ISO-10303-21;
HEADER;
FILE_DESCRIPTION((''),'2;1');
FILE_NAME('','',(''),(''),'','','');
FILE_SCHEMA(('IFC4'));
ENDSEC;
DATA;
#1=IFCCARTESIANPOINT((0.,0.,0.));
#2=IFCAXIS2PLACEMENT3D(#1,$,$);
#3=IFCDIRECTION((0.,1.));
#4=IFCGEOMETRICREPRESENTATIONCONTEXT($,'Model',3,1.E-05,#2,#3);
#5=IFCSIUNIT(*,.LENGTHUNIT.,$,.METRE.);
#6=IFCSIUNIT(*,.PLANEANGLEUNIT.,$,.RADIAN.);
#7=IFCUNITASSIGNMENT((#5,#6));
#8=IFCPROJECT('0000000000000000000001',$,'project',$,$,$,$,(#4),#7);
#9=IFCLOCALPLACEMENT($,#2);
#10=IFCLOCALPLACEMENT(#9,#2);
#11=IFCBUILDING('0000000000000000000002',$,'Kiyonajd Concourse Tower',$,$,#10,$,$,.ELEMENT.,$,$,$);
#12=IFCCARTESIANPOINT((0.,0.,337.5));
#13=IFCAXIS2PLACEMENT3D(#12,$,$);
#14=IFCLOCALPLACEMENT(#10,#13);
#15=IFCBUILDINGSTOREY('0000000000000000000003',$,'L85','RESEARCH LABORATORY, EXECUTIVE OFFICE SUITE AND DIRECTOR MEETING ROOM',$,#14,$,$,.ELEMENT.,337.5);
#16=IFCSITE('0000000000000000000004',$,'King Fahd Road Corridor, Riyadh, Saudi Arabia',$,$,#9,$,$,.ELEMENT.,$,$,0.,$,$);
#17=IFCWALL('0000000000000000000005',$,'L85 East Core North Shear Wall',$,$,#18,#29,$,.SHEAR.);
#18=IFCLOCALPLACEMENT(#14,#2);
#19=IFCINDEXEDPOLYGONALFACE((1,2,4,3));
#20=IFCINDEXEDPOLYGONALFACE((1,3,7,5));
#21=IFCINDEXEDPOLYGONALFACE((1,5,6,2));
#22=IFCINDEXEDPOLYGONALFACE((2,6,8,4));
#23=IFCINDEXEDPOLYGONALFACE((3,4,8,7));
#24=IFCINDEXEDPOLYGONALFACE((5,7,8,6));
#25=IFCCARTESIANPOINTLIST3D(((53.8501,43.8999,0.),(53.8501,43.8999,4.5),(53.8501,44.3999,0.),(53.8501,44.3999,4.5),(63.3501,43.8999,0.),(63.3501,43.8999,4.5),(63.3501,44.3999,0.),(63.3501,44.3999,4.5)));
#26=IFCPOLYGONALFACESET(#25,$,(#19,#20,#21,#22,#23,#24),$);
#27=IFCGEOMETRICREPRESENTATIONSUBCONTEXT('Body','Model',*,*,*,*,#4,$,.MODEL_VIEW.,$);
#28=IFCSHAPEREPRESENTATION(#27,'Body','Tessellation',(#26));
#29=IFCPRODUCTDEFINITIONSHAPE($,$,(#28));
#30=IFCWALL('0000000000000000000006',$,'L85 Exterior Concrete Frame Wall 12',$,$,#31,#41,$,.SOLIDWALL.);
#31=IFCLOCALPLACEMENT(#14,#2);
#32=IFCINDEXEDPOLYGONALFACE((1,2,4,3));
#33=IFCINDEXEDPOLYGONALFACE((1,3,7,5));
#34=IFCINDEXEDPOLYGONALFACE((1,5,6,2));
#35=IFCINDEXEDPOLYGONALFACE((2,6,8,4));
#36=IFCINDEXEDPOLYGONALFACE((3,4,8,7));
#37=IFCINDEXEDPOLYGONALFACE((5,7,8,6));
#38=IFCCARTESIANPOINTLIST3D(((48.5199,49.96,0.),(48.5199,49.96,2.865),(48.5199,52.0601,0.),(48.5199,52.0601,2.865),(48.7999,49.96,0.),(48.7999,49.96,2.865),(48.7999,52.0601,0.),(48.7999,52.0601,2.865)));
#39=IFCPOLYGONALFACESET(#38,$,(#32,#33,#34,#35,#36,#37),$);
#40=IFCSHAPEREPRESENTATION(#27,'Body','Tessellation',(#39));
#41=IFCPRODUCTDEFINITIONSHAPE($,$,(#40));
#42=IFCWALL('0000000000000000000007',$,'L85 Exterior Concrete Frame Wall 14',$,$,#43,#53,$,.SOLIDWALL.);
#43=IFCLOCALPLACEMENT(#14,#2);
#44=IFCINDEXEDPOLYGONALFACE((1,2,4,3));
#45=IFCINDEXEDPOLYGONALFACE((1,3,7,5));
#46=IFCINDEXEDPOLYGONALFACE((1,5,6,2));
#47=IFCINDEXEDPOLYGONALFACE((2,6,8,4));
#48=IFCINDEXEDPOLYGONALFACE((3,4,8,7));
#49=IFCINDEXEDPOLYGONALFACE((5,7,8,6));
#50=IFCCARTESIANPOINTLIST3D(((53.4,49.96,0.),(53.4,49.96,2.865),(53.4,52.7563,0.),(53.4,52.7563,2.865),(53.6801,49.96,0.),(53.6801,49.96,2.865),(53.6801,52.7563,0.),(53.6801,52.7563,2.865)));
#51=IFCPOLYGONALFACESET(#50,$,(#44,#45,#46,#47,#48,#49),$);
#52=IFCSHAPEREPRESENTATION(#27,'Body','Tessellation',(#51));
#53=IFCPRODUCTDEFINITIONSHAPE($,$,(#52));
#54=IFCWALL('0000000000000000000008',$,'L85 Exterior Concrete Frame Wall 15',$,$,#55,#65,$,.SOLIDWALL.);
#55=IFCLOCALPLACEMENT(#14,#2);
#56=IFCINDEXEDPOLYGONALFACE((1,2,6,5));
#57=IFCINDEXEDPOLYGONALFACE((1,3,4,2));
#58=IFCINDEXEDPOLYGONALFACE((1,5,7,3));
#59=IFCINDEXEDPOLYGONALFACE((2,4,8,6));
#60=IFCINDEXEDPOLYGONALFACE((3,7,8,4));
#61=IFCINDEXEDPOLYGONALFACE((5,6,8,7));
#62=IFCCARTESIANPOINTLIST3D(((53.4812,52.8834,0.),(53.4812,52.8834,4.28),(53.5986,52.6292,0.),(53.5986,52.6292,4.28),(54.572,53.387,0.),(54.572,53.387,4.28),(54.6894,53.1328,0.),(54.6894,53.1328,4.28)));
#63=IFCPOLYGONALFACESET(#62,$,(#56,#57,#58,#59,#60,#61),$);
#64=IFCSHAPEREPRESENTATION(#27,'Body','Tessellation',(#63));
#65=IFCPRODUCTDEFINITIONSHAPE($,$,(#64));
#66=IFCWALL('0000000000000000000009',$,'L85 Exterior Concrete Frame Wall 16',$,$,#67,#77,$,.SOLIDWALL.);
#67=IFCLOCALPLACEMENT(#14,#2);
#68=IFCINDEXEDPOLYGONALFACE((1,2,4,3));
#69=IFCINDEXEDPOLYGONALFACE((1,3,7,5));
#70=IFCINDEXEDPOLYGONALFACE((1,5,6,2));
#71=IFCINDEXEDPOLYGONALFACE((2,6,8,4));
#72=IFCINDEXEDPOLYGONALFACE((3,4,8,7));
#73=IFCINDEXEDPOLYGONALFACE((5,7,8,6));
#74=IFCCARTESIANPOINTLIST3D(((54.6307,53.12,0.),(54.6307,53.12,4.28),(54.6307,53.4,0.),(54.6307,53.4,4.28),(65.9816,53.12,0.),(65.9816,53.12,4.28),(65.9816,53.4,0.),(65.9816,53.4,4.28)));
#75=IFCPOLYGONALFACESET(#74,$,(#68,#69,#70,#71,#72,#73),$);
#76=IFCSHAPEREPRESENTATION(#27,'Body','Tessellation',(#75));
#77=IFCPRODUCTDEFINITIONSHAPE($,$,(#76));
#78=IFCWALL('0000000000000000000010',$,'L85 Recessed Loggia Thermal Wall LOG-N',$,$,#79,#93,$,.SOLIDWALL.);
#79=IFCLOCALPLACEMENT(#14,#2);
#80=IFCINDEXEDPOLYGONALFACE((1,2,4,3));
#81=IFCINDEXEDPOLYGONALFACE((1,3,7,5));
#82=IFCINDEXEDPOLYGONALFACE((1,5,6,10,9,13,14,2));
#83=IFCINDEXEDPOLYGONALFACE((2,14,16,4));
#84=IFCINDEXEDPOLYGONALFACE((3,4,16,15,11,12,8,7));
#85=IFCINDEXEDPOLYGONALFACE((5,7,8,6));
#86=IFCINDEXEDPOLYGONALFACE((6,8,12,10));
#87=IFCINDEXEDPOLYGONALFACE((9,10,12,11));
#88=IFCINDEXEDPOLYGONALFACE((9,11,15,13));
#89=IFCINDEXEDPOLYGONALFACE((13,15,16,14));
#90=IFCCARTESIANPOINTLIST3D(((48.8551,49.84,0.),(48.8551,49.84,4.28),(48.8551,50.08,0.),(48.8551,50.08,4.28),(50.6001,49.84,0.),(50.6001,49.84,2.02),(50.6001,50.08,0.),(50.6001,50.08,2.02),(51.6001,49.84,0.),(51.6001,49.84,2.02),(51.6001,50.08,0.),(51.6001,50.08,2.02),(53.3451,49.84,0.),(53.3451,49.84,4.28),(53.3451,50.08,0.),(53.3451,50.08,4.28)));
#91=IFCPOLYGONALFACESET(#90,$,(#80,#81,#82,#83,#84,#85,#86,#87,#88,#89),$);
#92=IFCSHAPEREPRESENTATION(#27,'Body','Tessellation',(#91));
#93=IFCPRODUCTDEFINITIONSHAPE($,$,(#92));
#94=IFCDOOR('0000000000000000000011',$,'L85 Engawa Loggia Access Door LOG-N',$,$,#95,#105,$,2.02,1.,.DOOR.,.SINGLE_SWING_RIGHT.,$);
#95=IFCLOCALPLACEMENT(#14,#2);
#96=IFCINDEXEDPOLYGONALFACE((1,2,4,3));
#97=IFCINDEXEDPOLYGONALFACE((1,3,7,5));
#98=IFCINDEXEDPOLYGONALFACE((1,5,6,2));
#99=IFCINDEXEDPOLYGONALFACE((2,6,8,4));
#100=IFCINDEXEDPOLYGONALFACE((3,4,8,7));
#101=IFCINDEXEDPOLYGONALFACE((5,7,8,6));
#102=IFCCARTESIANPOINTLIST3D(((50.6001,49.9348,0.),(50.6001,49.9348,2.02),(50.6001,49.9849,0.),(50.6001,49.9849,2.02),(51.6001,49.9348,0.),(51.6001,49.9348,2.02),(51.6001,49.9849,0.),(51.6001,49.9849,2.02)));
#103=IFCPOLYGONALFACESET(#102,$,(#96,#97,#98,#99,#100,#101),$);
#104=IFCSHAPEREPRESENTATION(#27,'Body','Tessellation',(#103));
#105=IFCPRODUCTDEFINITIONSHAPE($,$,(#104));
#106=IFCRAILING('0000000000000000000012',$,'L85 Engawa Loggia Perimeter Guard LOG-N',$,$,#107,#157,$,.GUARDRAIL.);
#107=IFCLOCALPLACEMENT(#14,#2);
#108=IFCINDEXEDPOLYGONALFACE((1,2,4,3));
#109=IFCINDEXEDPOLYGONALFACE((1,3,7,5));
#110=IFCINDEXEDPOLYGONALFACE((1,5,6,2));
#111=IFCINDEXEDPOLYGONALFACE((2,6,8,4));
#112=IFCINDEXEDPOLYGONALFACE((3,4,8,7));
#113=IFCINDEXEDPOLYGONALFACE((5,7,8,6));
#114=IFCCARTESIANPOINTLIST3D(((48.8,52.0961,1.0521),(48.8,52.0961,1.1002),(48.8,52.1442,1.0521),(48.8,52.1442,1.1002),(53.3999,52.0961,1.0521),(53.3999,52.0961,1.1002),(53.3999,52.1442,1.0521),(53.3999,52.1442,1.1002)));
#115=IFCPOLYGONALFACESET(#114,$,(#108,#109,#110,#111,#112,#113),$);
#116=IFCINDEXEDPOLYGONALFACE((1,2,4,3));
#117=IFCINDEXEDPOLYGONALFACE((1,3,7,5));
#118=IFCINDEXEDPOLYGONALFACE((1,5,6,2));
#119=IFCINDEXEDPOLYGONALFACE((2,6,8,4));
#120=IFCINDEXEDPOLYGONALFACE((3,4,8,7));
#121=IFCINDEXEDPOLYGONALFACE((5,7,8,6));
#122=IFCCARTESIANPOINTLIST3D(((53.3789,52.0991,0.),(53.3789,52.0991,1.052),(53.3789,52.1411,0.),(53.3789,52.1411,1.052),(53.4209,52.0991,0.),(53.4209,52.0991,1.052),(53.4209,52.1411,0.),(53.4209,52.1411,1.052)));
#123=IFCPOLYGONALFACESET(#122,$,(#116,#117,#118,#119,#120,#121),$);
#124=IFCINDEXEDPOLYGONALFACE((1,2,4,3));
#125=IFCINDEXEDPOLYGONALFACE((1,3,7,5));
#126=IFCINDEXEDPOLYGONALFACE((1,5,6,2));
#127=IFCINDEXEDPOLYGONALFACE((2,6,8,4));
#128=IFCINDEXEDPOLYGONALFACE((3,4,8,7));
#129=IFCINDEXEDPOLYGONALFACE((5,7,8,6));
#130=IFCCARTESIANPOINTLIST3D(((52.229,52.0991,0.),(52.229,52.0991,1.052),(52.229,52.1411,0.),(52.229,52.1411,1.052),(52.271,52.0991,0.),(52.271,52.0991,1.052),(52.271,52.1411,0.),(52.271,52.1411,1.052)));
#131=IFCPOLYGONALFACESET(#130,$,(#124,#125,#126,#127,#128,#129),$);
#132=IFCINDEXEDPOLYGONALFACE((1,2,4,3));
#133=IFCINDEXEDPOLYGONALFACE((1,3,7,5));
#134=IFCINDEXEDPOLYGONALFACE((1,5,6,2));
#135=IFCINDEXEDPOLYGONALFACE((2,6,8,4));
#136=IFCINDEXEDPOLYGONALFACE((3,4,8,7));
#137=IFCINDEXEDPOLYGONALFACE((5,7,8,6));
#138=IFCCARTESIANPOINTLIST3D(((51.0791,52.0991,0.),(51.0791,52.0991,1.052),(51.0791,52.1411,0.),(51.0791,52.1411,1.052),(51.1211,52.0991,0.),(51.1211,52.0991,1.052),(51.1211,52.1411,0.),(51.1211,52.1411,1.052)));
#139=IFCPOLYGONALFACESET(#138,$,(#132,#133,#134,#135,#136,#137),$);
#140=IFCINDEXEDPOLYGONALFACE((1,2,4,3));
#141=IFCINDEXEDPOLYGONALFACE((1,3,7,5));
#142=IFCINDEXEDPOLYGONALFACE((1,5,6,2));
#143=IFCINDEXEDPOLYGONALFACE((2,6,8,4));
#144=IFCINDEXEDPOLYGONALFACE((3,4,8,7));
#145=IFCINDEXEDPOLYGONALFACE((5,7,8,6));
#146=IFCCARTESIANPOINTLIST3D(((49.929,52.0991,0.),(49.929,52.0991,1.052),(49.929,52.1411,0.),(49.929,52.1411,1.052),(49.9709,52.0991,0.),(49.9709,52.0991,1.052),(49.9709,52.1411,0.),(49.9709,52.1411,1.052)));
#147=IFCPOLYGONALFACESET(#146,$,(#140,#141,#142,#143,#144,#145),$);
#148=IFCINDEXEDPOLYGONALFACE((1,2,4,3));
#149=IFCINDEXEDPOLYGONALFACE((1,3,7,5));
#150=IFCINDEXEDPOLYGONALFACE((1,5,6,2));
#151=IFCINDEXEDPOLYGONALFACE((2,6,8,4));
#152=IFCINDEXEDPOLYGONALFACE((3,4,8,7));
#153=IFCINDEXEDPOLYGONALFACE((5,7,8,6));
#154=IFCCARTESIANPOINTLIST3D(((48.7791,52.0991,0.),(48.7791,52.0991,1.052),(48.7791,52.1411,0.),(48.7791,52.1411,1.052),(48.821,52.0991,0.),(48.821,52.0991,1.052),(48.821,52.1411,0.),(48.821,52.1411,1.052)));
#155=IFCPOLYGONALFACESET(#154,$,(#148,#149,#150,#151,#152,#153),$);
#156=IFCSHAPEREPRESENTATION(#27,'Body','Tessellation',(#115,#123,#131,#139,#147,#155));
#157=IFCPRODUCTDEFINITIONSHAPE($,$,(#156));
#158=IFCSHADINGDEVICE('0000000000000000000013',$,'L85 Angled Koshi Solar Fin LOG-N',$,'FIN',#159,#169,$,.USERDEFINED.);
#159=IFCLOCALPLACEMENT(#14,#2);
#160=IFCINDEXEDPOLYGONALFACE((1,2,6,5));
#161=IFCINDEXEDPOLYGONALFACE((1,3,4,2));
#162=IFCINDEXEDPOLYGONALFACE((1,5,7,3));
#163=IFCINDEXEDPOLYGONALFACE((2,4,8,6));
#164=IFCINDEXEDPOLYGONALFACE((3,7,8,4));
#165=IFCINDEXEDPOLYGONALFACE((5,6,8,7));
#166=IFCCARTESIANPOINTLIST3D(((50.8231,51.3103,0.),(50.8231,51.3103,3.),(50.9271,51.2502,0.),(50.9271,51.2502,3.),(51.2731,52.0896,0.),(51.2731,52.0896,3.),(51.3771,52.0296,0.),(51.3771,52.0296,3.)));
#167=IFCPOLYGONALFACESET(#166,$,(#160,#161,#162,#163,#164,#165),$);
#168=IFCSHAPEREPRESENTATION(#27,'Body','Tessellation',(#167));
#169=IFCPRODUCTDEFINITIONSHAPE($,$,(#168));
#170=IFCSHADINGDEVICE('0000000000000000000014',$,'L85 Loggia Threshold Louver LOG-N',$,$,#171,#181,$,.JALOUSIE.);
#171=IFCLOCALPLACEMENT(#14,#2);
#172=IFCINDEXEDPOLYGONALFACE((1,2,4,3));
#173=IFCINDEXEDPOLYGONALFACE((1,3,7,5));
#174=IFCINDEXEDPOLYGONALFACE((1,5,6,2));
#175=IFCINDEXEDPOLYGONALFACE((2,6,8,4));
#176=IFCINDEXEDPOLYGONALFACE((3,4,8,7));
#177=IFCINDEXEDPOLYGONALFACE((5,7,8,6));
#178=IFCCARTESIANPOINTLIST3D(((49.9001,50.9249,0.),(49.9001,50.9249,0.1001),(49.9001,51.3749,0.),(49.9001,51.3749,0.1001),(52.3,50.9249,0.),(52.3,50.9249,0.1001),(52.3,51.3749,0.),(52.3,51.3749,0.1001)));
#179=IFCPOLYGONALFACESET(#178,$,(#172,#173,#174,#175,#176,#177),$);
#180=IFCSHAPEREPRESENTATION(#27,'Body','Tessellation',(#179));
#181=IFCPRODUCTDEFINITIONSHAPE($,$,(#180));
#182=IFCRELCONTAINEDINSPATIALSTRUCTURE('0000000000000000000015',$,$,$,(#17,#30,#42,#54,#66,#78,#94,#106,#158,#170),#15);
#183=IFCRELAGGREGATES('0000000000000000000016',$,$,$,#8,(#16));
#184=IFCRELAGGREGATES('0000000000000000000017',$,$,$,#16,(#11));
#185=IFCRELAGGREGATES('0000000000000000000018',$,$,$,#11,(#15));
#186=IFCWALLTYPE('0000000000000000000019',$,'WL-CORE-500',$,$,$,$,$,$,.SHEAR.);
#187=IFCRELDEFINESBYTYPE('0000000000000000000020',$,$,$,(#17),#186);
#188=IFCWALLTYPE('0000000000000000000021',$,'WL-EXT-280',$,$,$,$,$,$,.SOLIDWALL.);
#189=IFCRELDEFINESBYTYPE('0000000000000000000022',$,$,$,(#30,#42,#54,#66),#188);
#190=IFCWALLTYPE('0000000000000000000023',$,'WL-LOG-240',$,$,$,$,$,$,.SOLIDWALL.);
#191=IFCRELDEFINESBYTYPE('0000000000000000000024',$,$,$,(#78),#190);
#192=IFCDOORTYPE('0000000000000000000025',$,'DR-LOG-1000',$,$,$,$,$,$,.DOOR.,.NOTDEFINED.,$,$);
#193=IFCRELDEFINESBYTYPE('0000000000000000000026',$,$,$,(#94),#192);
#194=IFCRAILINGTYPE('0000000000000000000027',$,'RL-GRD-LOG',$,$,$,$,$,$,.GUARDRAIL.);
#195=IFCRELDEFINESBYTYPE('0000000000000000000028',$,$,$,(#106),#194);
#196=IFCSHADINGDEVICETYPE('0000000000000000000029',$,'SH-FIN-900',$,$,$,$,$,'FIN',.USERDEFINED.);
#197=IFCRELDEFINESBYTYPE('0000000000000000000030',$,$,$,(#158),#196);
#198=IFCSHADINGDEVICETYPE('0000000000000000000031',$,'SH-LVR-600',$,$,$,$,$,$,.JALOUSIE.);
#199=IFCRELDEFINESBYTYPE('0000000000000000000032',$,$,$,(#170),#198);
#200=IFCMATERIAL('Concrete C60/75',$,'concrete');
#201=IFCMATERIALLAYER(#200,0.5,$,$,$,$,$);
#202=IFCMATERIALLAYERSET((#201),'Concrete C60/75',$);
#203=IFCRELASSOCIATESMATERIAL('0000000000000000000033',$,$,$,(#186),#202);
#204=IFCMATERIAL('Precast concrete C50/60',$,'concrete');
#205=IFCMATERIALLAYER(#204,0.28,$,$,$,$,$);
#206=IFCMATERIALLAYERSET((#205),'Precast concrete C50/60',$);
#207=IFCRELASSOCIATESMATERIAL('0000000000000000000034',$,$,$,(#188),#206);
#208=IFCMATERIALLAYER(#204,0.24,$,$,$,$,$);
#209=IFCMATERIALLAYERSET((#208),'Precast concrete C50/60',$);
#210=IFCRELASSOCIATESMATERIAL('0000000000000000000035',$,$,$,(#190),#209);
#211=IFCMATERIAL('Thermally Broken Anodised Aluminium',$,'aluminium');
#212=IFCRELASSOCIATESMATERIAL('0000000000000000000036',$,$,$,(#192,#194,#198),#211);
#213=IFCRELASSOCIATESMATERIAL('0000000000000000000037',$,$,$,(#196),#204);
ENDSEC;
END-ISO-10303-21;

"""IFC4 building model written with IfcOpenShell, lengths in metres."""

from ifc_helpers import new_model, si_unit, direction, frame, frame_2d, origin, origin_2d, place, context, subcontext, project, spatial, rectangle, extrude, material, layer, layer_set, type_object, element, fill, save


model = new_model("IFC4")

# Units and contexts
model_context = context("Model", 3, precision=1e-05, world=origin(), true_north=direction((0.0, 1.0)))
body_context = subcontext(model_context, "Body", "Model", "MODEL_VIEW")
ifc_project = project(units=[si_unit("LENGTHUNIT", "METRE"), si_unit("PLANEANGLEUNIT", "RADIAN")], contexts=[model_context])

# Site, building, storey
site_placement = place(None, origin())
site = spatial("IfcSite", under=ifc_project, at=site_placement, Name="King Fahd Road Corridor, Riyadh, Saudi Arabia", CompositionType="ELEMENT", RefElevation=0.0)
building_placement = place(site_placement, origin())
building = spatial("IfcBuilding", under=site, at=building_placement, Name="Kiyonajd Concourse Tower", CompositionType="ELEMENT")
storey_placement = place(building_placement, frame((0.0, 0.0, 337.5)))
storey = spatial("IfcBuildingStorey", under=building, at=storey_placement, Name="L85", Description="RESEARCH LABORATORY, EXECUTIVE OFFICE SUITE AND DIRECTOR MEETING ROOM", CompositionType="ELEMENT", Elevation=337.5)

# Shared definitions
ifc_material_1 = material(Name="Concrete C60/75", Category="concrete")

# Shared definitions
ifc_material_2 = material(Name="Thermally Broken Anodised Aluminium", Category="aluminium")

# Walls
ifc_layer_1 = layer(ifc_material_1, 0.5)
ifc_layer_set_1 = layer_set([ifc_layer_1], Name="Concrete C60/75")
wall_type_1 = type_object("IfcWallType", Name="WL-CORE-500", PredefinedType="SHEAR", material=ifc_layer_set_1)
wall_1_placement = place(storey_placement, frame((53.8501, 44.1499, 0.0), z_axis=(0.0, 0.0, 1.0), x_axis=(1.0, 0.0, 0.0)))
element("IfcWall", 1, at=wall_1_placement, inside=storey, type_object=wall_type_1, Name="L85 East Core North Shear Wall", PredefinedType="SHEAR", context=body_context, shape_type="SweptSolid", body=[
    extrude(rectangle(XDim=9.5, YDim=0.5, at=frame_2d((4.75, 0.0))), origin(), (0.0, 0.0, 1.0), 4.5),
])
ifc_material_3 = material(Name="Precast concrete C50/60", Category="concrete")
ifc_layer_2 = layer(ifc_material_3, 0.28)
ifc_layer_set_2 = layer_set([ifc_layer_2], Name="Precast concrete C50/60")
wall_type_2 = type_object("IfcWallType", Name="WL-EXT-280", PredefinedType="SOLIDWALL", material=ifc_layer_set_2)
wall_2_placement = place(storey_placement, frame((48.6599, 52.0601, 0.0), z_axis=(0.0, 0.0, 1.0), x_axis=(0.0, -1.0, 0.0)))
element("IfcWall", 2, at=wall_2_placement, inside=storey, type_object=wall_type_2, Name="L85 Exterior Concrete Frame Wall 12", PredefinedType="SOLIDWALL", context=body_context, shape_type="SweptSolid", body=[
    extrude(rectangle(XDim=2.1001, YDim=0.28, at=frame_2d((1.05, 0.0))), origin(), (0.0, 0.0, 1.0), 2.865),
])
wall_3_placement = place(storey_placement, frame((53.54, 49.96, 0.0), z_axis=(0.0, 0.0, 1.0), x_axis=(0.0, 1.0, 0.0)))
element("IfcWall", 3, at=wall_3_placement, inside=storey, type_object=wall_type_2, Name="L85 Exterior Concrete Frame Wall 14", PredefinedType="SOLIDWALL", context=body_context, shape_type="SweptSolid", body=[
    extrude(rectangle(XDim=2.7964, YDim=0.28, at=frame_2d((1.3982, 0.0))), origin(), (0.0, 0.0, 1.0), 2.865),
])
wall_4_placement = place(storey_placement, frame((53.54, 52.7563, 0.0), z_axis=(0.0, 0.0, 1.0), x_axis=(0.907894, 0.4192, 0.0)))
element("IfcWall", 4, at=wall_4_placement, inside=storey, type_object=wall_type_2, Name="L85 Exterior Concrete Frame Wall 15", PredefinedType="SOLIDWALL", context=body_context, shape_type="SweptSolid", body=[
    extrude(rectangle(XDim=1.2014, YDim=0.28, at=frame_2d((0.6006, 0.0))), origin(), (0.0, 0.0, 1.0), 4.28),
])
wall_5_placement = place(storey_placement, frame((54.6309, 53.26, 0.0), z_axis=(0.0, 0.0, 1.0), x_axis=(1.0, 0.0, 0.0)))
element("IfcWall", 5, at=wall_5_placement, inside=storey, type_object=wall_type_2, Name="L85 Exterior Concrete Frame Wall 16", PredefinedType="SOLIDWALL", context=body_context, shape_type="SweptSolid", body=[
    extrude(rectangle(XDim=11.3508, YDim=0.28, at=frame_2d((5.6753, 0.0))), origin(), (0.0, 0.0, 1.0), 4.28),
])

# Wall, opening, door
ifc_layer_3 = layer(ifc_material_3, 0.24)
ifc_layer_set_3 = layer_set([ifc_layer_3], Name="Precast concrete C50/60")
wall_type_3 = type_object("IfcWallType", Name="WL-LOG-240", PredefinedType="SOLIDWALL", material=ifc_layer_set_3)
wall_6_placement = place(storey_placement, frame((48.855, 49.96, 0.0), z_axis=(0.0, 0.0, 1.0), x_axis=(1.0, 0.0, 0.0)))
wall_6 = element("IfcWall", 6, at=wall_6_placement, inside=storey, type_object=wall_type_3, Name="L85 Recessed Loggia Thermal Wall LOG-N", PredefinedType="SOLIDWALL", context=body_context, shape_type="SweptSolid", body=[
    extrude(rectangle(XDim=4.49, YDim=0.24, at=frame_2d((2.2451, 0.0))), origin(), (0.0, 0.0, 1.0), 4.28),
])
opening_placement = place(wall_6_placement, frame((1.7451, 0.0, 0.0)))
opening = element("IfcOpeningElement", 7, at=opening_placement, cuts=wall_6, PredefinedType="OPENING", context=body_context, shape_type="SweptSolid", body=[
    extrude(rectangle(XDim=1.0, YDim=2.02, at=frame_2d((0.5, 1.01))), frame((0.0, 0.1299, 0.0), z_axis=(0.0, -1.0, 0.0), x_axis=(1.0, 0.0, 0.0)), (0.0, 0.0, 1.0), 0.26),
])
door_type = type_object("IfcDoorType", Name="DR-LOG-1000", OperationType="NOTDEFINED", PredefinedType="DOOR", material=ifc_material_2)
door_placement = place(opening_placement, origin())
door = element("IfcDoor", 8, at=door_placement, inside=storey, type_object=door_type, Name="L85 Engawa Loggia Access Door LOG-N", OperationType="SINGLE_SWING_RIGHT", OverallHeight=2.02, OverallWidth=1.0, PredefinedType="DOOR", context=body_context, shape_type="SweptSolid", body=[
    extrude(rectangle(XDim=1.0, YDim=2.02, at=frame_2d((0.5, 1.01))), frame((0.0, 0.0249, 0.0), z_axis=(0.0, -1.0, 0.0), x_axis=(1.0, 0.0, 0.0)), (0.0, 0.0, 1.0), 0.05),
])
fill(opening, door)

# Railing
railing_type = type_object("IfcRailingType", Name="RL-GRD-LOG", PredefinedType="GUARDRAIL", material=ifc_material_2)
railing_placement = place(storey_placement, frame((53.3999, 52.1201, 0.0)))
element("IfcRailing", 9, at=railing_placement, inside=storey, type_object=railing_type, Name="L85 Engawa Loggia Perimeter Guard LOG-N", PredefinedType="GUARDRAIL", context=body_context, shape_type="SweptSolid", body=[
    extrude(rectangle(XDim=0.0481, YDim=0.0481, at=origin_2d()), frame((0.0, 0.0, 1.0762), z_axis=(-1.0, 0.0, 0.0), x_axis=(0.0, -1.0, 0.0)), (0.0, 0.0, 1.0), 4.5999),
    extrude(rectangle(XDim=0.042, YDim=0.042, at=origin_2d()), origin(), (0.0, 0.0, 1.0), 1.052),
    extrude(rectangle(XDim=0.042, YDim=0.042, at=origin_2d()), frame((-1.1499, 0.0, 0.0)), (0.0, 0.0, 1.0), 1.052),
    extrude(rectangle(XDim=0.042, YDim=0.042, at=origin_2d()), frame((-2.2998, 0.0, 0.0)), (0.0, 0.0, 1.0), 1.052),
    extrude(rectangle(XDim=0.042, YDim=0.042, at=origin_2d()), frame((-3.45, 0.0, 0.0)), (0.0, 0.0, 1.0), 1.052),
    extrude(rectangle(XDim=0.042, YDim=0.042, at=origin_2d()), frame((-4.5999, 0.0, 0.0)), (0.0, 0.0, 1.0), 1.052),
])

# Shading devices
shading_device_type_1 = type_object("IfcShadingDeviceType", Name="SH-FIN-900", ElementType="FIN", PredefinedType="USERDEFINED", material=ifc_material_3)
shading_device_1_placement = place(storey_placement, frame((51.1001, 51.6699, 0.0), z_axis=(0.0, 0.0, 1.0), x_axis=(0.5, 0.866025, 0.0)))
element("IfcShadingDevice", 10, at=shading_device_1_placement, inside=storey, type_object=shading_device_type_1, Name="L85 Angled Koshi Solar Fin LOG-N", ObjectType="FIN", PredefinedType="USERDEFINED", context=body_context, shape_type="SweptSolid", body=[
    extrude(rectangle(XDim=0.8999, YDim=0.1201, at=origin_2d()), origin(), (0.0, 0.0, 1.0), 3.0),
])
shading_device_type_2 = type_object("IfcShadingDeviceType", Name="SH-LVR-600", PredefinedType="JALOUSIE", material=ifc_material_2)
shading_device_2_placement = place(storey_placement, frame((51.1001, 51.1499, 0.0), z_axis=(0.0, 0.0, 1.0), x_axis=(1.0, 0.0, 0.0)))
element("IfcShadingDevice", 11, at=shading_device_2_placement, inside=storey, type_object=shading_device_type_2, Name="L85 Loggia Threshold Louver LOG-N", PredefinedType="JALOUSIE", context=body_context, shape_type="SweptSolid", body=[
    extrude(rectangle(XDim=2.3999, YDim=0.45, at=origin_2d()), origin(), (0.0, 0.0, 1.0), 0.1001),
])

save(model, "model.ifc")
